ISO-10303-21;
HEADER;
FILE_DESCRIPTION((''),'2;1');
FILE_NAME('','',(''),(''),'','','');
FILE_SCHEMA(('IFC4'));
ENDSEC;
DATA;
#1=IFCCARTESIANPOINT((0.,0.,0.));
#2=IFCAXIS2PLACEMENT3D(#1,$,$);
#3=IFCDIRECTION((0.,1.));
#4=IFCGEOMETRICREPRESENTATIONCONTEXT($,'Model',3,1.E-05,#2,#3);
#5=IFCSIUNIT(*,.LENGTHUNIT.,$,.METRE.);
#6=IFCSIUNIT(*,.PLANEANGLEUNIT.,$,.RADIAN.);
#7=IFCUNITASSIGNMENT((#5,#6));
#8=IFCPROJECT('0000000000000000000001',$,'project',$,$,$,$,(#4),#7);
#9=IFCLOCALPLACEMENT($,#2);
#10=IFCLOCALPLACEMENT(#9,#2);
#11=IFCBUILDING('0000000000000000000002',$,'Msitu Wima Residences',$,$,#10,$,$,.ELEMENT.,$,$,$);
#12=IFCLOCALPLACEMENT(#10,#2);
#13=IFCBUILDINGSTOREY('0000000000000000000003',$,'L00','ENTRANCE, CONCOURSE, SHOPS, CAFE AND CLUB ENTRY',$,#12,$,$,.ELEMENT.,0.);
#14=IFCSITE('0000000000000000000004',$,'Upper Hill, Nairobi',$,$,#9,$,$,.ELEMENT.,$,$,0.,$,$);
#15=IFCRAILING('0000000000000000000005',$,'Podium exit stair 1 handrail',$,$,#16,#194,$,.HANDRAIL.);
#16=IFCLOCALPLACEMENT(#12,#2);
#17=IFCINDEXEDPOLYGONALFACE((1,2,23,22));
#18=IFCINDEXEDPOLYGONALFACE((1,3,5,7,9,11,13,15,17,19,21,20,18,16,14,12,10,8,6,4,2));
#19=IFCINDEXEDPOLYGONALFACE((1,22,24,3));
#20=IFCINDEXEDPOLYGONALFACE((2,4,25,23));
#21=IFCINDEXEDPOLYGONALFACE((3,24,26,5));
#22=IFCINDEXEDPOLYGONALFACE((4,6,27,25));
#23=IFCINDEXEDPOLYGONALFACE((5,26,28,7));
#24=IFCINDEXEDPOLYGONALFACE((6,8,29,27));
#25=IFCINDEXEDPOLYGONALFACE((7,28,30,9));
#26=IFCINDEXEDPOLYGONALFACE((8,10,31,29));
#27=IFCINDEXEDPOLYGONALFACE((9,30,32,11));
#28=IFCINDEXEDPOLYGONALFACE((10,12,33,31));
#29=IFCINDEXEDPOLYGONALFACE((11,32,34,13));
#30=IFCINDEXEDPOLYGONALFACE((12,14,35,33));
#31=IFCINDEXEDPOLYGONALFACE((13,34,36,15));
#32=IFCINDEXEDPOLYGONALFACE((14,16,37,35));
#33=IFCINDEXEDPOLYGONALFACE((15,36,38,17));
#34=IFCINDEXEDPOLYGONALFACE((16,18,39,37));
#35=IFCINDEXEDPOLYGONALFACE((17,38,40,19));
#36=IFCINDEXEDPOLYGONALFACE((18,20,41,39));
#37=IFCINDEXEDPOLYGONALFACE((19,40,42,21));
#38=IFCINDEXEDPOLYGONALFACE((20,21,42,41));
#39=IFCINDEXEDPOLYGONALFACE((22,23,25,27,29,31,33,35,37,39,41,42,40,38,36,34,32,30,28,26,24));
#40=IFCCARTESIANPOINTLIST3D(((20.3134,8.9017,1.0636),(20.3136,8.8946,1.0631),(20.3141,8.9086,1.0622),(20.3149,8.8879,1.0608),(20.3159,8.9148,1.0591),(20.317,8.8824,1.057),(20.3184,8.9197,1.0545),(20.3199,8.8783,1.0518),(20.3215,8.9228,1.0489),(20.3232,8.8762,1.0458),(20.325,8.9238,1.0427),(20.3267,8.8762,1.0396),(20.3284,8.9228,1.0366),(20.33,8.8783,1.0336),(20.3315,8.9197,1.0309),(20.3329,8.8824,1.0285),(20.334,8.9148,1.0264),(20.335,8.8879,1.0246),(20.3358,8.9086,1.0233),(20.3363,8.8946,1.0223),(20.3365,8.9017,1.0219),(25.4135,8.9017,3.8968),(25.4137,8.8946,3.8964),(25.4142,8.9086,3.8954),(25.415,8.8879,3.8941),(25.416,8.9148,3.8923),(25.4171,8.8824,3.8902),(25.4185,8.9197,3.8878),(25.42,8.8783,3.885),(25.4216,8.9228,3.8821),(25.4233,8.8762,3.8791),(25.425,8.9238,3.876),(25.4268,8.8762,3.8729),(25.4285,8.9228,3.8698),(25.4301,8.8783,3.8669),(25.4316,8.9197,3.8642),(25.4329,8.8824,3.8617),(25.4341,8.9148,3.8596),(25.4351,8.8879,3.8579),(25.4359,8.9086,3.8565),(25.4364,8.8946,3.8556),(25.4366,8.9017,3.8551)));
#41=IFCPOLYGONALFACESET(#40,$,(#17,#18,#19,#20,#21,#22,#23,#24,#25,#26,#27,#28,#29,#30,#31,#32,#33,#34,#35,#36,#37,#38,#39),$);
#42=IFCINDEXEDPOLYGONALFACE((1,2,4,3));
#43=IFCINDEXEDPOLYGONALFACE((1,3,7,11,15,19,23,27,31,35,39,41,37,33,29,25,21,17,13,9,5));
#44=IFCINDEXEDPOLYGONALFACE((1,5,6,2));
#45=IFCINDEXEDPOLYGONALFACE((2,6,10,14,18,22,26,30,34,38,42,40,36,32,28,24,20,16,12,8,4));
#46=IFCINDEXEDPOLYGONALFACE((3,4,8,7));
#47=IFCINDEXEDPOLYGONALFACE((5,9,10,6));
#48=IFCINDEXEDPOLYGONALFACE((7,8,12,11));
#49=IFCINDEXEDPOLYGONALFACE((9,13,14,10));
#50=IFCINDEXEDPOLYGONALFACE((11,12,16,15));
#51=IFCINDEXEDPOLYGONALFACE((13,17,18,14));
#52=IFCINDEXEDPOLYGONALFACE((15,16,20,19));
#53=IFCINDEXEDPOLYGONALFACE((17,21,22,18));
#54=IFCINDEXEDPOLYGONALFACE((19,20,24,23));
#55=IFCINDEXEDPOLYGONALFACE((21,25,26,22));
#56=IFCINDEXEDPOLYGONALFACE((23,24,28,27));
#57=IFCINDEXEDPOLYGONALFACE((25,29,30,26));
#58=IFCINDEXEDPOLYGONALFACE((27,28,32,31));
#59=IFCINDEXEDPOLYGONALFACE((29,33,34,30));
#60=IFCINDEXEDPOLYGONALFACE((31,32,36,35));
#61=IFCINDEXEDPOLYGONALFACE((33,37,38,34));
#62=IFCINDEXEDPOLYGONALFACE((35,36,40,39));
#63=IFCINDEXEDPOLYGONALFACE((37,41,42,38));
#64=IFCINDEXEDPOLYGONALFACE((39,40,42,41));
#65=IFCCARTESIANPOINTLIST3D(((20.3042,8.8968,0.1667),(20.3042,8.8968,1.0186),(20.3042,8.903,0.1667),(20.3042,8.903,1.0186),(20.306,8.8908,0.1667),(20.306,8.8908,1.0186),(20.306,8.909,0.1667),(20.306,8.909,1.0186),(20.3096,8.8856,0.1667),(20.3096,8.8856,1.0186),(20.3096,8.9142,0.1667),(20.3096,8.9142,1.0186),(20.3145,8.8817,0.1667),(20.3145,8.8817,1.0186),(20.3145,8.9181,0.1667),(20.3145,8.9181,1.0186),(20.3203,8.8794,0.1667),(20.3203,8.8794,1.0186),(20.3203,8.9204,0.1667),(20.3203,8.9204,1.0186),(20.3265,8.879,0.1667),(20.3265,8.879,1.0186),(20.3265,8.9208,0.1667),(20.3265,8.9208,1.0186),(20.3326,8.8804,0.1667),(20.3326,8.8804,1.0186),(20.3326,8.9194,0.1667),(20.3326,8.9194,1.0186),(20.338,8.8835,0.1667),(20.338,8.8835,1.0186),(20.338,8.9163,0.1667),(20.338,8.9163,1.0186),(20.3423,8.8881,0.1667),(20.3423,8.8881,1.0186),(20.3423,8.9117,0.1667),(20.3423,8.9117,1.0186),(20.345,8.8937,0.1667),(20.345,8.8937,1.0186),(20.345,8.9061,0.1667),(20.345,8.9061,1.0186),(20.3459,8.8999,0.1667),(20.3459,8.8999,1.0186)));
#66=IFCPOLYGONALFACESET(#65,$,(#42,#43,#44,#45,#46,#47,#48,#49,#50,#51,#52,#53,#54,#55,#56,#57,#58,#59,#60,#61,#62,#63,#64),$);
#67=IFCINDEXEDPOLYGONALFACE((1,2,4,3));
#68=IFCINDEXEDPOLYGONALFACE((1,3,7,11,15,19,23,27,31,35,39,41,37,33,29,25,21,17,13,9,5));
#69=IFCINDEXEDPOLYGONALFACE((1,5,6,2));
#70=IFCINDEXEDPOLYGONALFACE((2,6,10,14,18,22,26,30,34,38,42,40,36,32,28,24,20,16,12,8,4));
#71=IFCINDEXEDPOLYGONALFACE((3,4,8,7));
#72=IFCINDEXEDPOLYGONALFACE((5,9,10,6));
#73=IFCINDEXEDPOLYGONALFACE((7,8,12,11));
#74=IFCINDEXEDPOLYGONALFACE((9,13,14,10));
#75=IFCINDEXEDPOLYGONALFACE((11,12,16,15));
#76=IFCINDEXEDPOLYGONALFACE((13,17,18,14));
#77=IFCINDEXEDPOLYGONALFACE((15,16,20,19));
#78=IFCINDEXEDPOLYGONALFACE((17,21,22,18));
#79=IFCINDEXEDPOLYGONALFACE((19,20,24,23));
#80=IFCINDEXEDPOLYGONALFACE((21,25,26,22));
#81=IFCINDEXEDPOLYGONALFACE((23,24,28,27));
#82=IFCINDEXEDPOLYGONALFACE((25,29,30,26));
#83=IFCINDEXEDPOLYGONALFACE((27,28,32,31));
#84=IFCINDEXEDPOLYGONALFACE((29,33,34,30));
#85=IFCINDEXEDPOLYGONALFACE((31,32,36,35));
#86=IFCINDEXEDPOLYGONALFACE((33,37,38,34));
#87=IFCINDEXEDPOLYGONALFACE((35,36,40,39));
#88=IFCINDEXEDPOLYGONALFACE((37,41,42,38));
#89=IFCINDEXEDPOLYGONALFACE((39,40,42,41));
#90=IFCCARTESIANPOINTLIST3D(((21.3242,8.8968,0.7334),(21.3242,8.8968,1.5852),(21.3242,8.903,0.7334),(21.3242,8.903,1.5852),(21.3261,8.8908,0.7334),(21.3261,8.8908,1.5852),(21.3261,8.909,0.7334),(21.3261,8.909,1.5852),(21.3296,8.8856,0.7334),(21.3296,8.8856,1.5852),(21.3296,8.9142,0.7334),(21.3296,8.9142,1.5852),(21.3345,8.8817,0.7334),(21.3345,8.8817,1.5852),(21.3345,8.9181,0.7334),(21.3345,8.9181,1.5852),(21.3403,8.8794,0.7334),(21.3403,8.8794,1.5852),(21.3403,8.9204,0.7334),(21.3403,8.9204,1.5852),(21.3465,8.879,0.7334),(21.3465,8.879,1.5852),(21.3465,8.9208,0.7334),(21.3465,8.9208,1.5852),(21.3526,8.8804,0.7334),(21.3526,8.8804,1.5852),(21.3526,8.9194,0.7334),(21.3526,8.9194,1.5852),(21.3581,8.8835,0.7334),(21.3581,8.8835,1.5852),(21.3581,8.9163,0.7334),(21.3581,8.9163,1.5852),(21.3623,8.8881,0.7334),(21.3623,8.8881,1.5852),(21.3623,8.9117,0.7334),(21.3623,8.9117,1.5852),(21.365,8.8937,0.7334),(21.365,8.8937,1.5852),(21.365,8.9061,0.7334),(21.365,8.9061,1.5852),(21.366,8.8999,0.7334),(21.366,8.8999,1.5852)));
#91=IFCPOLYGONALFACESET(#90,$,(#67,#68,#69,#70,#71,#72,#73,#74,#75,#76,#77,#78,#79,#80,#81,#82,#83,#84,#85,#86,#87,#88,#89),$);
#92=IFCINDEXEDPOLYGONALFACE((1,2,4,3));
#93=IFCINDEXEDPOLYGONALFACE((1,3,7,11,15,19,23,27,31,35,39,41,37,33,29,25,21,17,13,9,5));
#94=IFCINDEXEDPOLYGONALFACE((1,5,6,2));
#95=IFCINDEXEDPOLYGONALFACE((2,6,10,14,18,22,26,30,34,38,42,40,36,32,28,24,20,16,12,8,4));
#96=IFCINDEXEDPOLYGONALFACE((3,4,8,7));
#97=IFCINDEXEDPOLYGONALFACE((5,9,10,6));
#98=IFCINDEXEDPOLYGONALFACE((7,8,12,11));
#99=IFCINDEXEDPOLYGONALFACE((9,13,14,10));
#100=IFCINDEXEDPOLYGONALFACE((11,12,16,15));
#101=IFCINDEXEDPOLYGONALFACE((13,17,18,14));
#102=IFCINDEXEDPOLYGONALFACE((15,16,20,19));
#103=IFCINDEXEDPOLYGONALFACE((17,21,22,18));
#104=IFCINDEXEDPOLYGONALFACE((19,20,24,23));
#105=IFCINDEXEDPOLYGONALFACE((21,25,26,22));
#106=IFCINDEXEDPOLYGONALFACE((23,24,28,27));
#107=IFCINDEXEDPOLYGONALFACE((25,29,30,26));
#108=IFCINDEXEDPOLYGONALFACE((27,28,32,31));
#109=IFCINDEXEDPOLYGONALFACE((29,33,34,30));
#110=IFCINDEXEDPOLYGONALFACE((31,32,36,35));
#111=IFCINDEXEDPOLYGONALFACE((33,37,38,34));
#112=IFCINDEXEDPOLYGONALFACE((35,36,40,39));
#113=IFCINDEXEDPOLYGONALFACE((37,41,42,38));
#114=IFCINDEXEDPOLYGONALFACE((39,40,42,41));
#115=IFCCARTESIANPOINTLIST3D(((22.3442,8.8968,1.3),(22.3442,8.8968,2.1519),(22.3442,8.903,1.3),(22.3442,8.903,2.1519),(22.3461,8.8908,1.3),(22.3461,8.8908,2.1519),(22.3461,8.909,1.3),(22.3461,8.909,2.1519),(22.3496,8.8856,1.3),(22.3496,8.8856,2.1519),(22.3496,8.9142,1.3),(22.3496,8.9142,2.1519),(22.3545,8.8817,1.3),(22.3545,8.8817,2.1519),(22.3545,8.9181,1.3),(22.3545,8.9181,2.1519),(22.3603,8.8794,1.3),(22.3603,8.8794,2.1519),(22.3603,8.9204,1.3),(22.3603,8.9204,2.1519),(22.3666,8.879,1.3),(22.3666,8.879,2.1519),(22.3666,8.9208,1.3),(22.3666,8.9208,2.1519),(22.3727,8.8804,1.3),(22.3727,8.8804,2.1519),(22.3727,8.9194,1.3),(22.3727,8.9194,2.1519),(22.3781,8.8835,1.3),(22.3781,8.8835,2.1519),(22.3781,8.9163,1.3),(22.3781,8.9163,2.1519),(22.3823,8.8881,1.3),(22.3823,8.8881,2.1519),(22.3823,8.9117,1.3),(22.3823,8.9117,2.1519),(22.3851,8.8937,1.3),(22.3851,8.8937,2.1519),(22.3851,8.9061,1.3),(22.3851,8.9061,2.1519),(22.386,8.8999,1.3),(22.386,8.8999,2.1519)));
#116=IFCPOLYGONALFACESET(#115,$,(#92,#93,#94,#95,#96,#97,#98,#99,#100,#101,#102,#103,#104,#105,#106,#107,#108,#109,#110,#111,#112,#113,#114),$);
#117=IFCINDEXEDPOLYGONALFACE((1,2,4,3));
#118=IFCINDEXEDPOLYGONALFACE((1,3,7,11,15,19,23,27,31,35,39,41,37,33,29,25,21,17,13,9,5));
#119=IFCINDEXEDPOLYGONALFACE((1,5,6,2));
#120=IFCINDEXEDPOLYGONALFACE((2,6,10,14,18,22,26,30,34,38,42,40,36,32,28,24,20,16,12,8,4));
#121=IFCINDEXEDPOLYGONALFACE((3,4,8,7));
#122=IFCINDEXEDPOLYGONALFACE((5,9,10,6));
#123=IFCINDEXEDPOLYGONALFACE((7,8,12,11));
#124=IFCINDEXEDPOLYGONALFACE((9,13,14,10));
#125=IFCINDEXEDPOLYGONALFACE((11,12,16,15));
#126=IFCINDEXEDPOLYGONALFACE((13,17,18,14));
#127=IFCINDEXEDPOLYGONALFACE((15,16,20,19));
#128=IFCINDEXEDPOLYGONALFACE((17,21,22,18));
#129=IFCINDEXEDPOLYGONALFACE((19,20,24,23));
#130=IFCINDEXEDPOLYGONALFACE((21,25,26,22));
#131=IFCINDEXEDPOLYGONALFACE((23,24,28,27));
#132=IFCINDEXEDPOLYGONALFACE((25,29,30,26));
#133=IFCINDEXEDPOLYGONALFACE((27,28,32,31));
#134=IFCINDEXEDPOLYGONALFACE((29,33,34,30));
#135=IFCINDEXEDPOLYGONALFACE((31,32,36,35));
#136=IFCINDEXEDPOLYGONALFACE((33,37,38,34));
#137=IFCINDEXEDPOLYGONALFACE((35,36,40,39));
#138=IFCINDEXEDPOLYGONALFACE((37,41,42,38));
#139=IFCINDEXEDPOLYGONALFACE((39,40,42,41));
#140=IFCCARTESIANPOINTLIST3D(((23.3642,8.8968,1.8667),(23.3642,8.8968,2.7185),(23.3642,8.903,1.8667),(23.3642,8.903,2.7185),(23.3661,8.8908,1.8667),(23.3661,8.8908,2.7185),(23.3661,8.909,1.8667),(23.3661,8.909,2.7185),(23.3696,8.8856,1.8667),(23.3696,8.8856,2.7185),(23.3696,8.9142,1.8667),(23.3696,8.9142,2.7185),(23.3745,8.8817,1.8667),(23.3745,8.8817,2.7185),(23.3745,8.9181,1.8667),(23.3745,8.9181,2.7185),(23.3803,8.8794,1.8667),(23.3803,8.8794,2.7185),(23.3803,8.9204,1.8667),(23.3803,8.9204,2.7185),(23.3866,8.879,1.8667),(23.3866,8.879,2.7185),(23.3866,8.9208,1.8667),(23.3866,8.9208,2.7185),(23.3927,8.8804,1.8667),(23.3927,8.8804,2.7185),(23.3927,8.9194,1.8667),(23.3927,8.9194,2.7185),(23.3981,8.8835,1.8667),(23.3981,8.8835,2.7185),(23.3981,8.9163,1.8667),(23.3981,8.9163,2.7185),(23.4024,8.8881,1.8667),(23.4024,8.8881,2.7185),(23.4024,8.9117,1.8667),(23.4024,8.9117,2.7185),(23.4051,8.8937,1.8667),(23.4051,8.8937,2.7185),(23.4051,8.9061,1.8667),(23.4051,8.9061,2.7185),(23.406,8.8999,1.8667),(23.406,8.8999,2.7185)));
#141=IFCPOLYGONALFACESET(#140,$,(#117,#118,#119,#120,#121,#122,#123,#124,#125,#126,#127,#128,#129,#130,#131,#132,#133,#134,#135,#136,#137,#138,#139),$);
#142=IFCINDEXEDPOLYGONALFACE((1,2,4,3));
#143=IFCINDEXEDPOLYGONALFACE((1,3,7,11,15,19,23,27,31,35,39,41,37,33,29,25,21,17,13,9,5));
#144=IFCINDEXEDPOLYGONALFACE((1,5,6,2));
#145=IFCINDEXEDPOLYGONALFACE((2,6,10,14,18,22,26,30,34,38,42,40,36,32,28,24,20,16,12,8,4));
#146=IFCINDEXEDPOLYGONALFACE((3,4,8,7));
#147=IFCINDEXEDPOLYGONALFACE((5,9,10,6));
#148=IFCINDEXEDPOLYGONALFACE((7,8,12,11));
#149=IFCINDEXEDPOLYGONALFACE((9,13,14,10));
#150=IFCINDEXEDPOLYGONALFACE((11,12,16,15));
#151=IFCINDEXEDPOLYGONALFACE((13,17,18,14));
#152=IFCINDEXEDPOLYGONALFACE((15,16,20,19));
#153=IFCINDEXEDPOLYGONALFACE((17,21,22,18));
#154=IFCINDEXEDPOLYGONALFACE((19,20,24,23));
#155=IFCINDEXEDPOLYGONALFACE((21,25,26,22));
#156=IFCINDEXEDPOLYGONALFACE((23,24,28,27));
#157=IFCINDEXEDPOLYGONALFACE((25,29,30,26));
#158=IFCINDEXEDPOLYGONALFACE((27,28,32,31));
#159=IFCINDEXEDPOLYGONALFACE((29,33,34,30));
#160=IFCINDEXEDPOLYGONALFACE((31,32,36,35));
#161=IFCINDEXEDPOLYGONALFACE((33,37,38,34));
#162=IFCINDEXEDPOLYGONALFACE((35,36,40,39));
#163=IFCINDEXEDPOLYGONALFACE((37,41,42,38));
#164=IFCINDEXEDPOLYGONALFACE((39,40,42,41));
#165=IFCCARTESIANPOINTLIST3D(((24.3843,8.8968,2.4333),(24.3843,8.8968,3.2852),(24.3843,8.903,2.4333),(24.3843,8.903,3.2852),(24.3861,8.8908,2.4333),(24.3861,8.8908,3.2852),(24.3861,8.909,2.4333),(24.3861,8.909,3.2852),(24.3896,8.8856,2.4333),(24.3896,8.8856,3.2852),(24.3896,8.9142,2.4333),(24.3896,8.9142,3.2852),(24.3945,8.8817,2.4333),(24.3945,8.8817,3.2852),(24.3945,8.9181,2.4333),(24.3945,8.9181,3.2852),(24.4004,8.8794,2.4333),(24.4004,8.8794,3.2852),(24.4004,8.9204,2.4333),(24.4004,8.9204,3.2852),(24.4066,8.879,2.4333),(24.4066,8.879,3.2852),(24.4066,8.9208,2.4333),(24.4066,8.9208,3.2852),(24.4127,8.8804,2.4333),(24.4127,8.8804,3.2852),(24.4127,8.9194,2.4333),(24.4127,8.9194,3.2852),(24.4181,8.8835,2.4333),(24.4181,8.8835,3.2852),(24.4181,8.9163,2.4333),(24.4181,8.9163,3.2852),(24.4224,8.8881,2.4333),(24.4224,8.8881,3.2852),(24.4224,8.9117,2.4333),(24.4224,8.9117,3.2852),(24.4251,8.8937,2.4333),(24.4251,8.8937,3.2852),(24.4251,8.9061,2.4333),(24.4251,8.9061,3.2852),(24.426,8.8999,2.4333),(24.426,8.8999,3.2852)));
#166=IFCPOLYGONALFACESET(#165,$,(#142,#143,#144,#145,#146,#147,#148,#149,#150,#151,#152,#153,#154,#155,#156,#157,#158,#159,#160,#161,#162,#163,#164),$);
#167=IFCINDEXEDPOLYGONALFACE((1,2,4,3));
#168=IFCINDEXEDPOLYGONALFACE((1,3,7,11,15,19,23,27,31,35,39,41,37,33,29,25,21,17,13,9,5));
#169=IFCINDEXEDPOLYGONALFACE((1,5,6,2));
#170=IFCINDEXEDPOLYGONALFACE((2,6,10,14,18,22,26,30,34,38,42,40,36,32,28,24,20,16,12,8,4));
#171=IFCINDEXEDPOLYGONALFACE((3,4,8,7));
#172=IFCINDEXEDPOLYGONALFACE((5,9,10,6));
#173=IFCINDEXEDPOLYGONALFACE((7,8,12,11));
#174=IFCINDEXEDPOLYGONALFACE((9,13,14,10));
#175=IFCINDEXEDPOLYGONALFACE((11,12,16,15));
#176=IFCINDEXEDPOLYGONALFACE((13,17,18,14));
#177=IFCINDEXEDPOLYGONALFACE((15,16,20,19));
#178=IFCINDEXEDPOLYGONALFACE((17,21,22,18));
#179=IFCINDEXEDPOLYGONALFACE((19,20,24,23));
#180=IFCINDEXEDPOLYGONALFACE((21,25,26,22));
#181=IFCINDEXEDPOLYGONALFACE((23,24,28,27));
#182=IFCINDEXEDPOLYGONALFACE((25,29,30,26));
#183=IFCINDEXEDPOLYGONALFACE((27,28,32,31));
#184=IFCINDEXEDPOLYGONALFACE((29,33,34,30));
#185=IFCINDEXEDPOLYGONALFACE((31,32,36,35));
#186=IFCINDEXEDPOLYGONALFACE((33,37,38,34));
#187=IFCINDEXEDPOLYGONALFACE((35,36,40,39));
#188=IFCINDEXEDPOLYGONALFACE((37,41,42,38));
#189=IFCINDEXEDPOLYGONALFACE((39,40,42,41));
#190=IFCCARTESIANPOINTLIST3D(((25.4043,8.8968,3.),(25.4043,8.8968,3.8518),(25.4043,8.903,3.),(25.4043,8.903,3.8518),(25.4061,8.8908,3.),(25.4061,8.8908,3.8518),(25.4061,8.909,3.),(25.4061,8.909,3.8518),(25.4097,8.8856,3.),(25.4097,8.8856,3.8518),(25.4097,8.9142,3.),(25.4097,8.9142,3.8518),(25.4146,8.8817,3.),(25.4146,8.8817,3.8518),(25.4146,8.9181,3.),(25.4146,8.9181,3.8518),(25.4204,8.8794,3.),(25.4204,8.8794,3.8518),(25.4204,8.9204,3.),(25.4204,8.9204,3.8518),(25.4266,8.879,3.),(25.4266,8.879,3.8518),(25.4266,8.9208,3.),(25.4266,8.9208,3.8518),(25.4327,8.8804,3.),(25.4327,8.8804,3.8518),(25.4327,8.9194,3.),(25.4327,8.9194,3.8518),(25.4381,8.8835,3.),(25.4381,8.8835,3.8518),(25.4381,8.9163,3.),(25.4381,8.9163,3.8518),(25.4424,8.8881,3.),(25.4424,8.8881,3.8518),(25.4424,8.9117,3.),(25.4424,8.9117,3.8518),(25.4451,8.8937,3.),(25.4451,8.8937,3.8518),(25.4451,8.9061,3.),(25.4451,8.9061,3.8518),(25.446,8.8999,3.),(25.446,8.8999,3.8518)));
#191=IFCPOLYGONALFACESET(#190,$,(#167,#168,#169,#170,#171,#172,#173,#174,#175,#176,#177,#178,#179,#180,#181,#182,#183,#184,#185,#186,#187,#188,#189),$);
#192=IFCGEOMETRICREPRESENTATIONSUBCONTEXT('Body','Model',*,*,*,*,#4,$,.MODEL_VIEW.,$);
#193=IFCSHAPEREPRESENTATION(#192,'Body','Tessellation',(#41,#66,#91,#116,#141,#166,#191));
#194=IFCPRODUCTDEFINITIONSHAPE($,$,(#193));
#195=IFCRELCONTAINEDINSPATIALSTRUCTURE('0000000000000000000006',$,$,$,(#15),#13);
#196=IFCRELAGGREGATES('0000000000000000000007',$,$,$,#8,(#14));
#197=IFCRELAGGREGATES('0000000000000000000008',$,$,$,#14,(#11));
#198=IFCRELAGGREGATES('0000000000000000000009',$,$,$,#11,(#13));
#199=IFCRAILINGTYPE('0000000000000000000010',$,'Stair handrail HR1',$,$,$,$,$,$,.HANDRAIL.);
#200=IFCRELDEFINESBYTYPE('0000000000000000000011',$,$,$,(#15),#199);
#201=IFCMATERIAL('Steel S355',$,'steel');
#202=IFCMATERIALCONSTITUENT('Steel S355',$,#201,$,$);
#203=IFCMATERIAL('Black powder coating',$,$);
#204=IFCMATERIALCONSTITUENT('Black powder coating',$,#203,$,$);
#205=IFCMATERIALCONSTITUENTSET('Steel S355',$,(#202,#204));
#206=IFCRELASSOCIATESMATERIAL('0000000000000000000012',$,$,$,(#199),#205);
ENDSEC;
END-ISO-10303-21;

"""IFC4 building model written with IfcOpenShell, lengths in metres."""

from ifc_helpers import new_model, si_unit, direction, frame, origin, origin_2d, place, context, subcontext, project, spatial, circle, extrude, material, constituent, constituent_set, type_object, element, save


model = new_model("IFC4")

# Units and contexts
model_context = context("Model", 3, precision=1e-05, world=origin(), true_north=direction((0.0, 1.0)))
body_context = subcontext(model_context, "Body", "Model", "MODEL_VIEW")
ifc_project = project(units=[si_unit("LENGTHUNIT", "METRE"), si_unit("PLANEANGLEUNIT", "RADIAN")], contexts=[model_context])

# Site, building, storey
site_placement = place(None, origin())
site = spatial("IfcSite", under=ifc_project, at=site_placement, Name="Upper Hill, Nairobi", CompositionType="ELEMENT", RefElevation=0.0)
building_placement = place(site_placement, origin())
building = spatial("IfcBuilding", under=site, at=building_placement, Name="Msitu Wima Residences", CompositionType="ELEMENT")
storey_placement = place(building_placement, origin())
storey = spatial("IfcBuildingStorey", under=building, at=storey_placement, Name="L00", Description="ENTRANCE, CONCOURSE, SHOPS, CAFE AND CLUB ENTRY", CompositionType="ELEMENT", Elevation=0.0)

# Railing
ifc_material_1 = material(Name="Steel S355", Category="steel")
ifc_constituent_1 = constituent(ifc_material_1, Name="Steel S355")
ifc_material_2 = material(Name="Black powder coating")
ifc_constituent_2 = constituent(ifc_material_2, Name="Black powder coating")
ifc_constituent_set = constituent_set(constituents=[ifc_constituent_1, ifc_constituent_2], Name="Steel S355")
railing_type = type_object("IfcRailingType", Name="Stair handrail HR1", PredefinedType="HANDRAIL", material=ifc_constituent_set)
for number, where, name in (
    (1, (20.325, 8.8999, 0.1667), "Podium exit stair 1 handrail"),
):
    element("IfcRailing", number, at=place(storey_placement, frame(where)), inside=storey, type_object=railing_type, Name=name, PredefinedType="HANDRAIL", context=body_context, shape_type="SweptSolid", body=[
        extrude(circle(Radius=0.0239, at=origin_2d()), frame((0.0, 0.0, 0.876), z_axis=(0.874167, 0.0, 0.485625), x_axis=(0.0, 1.0, 0.0)), (0.0, 0.0, 1.0), 5.8342),
        extrude(circle(Radius=0.021, at=origin_2d()), origin(), (0.0, 0.0, 1.0), 0.8518),
        extrude(circle(Radius=0.021, at=origin_2d()), frame((1.02, 0.0, 0.5667)), (0.0, 0.0, 1.0), 0.8518),
        extrude(circle(Radius=0.021, at=origin_2d()), frame((2.04, 0.0, 1.1333)), (0.0, 0.0, 1.0), 0.8518),
        extrude(circle(Radius=0.021, at=origin_2d()), frame((3.0601, 0.0, 1.7)), (0.0, 0.0, 1.0), 0.8518),
        extrude(circle(Radius=0.021, at=origin_2d()), frame((4.0801, 0.0, 2.2666)), (0.0, 0.0, 1.0), 0.8518),
        extrude(circle(Radius=0.021, at=origin_2d()), frame((5.1001, 0.0, 2.8333)), (0.0, 0.0, 1.0), 0.8518),
    ])

save(model, "model.ifc")
